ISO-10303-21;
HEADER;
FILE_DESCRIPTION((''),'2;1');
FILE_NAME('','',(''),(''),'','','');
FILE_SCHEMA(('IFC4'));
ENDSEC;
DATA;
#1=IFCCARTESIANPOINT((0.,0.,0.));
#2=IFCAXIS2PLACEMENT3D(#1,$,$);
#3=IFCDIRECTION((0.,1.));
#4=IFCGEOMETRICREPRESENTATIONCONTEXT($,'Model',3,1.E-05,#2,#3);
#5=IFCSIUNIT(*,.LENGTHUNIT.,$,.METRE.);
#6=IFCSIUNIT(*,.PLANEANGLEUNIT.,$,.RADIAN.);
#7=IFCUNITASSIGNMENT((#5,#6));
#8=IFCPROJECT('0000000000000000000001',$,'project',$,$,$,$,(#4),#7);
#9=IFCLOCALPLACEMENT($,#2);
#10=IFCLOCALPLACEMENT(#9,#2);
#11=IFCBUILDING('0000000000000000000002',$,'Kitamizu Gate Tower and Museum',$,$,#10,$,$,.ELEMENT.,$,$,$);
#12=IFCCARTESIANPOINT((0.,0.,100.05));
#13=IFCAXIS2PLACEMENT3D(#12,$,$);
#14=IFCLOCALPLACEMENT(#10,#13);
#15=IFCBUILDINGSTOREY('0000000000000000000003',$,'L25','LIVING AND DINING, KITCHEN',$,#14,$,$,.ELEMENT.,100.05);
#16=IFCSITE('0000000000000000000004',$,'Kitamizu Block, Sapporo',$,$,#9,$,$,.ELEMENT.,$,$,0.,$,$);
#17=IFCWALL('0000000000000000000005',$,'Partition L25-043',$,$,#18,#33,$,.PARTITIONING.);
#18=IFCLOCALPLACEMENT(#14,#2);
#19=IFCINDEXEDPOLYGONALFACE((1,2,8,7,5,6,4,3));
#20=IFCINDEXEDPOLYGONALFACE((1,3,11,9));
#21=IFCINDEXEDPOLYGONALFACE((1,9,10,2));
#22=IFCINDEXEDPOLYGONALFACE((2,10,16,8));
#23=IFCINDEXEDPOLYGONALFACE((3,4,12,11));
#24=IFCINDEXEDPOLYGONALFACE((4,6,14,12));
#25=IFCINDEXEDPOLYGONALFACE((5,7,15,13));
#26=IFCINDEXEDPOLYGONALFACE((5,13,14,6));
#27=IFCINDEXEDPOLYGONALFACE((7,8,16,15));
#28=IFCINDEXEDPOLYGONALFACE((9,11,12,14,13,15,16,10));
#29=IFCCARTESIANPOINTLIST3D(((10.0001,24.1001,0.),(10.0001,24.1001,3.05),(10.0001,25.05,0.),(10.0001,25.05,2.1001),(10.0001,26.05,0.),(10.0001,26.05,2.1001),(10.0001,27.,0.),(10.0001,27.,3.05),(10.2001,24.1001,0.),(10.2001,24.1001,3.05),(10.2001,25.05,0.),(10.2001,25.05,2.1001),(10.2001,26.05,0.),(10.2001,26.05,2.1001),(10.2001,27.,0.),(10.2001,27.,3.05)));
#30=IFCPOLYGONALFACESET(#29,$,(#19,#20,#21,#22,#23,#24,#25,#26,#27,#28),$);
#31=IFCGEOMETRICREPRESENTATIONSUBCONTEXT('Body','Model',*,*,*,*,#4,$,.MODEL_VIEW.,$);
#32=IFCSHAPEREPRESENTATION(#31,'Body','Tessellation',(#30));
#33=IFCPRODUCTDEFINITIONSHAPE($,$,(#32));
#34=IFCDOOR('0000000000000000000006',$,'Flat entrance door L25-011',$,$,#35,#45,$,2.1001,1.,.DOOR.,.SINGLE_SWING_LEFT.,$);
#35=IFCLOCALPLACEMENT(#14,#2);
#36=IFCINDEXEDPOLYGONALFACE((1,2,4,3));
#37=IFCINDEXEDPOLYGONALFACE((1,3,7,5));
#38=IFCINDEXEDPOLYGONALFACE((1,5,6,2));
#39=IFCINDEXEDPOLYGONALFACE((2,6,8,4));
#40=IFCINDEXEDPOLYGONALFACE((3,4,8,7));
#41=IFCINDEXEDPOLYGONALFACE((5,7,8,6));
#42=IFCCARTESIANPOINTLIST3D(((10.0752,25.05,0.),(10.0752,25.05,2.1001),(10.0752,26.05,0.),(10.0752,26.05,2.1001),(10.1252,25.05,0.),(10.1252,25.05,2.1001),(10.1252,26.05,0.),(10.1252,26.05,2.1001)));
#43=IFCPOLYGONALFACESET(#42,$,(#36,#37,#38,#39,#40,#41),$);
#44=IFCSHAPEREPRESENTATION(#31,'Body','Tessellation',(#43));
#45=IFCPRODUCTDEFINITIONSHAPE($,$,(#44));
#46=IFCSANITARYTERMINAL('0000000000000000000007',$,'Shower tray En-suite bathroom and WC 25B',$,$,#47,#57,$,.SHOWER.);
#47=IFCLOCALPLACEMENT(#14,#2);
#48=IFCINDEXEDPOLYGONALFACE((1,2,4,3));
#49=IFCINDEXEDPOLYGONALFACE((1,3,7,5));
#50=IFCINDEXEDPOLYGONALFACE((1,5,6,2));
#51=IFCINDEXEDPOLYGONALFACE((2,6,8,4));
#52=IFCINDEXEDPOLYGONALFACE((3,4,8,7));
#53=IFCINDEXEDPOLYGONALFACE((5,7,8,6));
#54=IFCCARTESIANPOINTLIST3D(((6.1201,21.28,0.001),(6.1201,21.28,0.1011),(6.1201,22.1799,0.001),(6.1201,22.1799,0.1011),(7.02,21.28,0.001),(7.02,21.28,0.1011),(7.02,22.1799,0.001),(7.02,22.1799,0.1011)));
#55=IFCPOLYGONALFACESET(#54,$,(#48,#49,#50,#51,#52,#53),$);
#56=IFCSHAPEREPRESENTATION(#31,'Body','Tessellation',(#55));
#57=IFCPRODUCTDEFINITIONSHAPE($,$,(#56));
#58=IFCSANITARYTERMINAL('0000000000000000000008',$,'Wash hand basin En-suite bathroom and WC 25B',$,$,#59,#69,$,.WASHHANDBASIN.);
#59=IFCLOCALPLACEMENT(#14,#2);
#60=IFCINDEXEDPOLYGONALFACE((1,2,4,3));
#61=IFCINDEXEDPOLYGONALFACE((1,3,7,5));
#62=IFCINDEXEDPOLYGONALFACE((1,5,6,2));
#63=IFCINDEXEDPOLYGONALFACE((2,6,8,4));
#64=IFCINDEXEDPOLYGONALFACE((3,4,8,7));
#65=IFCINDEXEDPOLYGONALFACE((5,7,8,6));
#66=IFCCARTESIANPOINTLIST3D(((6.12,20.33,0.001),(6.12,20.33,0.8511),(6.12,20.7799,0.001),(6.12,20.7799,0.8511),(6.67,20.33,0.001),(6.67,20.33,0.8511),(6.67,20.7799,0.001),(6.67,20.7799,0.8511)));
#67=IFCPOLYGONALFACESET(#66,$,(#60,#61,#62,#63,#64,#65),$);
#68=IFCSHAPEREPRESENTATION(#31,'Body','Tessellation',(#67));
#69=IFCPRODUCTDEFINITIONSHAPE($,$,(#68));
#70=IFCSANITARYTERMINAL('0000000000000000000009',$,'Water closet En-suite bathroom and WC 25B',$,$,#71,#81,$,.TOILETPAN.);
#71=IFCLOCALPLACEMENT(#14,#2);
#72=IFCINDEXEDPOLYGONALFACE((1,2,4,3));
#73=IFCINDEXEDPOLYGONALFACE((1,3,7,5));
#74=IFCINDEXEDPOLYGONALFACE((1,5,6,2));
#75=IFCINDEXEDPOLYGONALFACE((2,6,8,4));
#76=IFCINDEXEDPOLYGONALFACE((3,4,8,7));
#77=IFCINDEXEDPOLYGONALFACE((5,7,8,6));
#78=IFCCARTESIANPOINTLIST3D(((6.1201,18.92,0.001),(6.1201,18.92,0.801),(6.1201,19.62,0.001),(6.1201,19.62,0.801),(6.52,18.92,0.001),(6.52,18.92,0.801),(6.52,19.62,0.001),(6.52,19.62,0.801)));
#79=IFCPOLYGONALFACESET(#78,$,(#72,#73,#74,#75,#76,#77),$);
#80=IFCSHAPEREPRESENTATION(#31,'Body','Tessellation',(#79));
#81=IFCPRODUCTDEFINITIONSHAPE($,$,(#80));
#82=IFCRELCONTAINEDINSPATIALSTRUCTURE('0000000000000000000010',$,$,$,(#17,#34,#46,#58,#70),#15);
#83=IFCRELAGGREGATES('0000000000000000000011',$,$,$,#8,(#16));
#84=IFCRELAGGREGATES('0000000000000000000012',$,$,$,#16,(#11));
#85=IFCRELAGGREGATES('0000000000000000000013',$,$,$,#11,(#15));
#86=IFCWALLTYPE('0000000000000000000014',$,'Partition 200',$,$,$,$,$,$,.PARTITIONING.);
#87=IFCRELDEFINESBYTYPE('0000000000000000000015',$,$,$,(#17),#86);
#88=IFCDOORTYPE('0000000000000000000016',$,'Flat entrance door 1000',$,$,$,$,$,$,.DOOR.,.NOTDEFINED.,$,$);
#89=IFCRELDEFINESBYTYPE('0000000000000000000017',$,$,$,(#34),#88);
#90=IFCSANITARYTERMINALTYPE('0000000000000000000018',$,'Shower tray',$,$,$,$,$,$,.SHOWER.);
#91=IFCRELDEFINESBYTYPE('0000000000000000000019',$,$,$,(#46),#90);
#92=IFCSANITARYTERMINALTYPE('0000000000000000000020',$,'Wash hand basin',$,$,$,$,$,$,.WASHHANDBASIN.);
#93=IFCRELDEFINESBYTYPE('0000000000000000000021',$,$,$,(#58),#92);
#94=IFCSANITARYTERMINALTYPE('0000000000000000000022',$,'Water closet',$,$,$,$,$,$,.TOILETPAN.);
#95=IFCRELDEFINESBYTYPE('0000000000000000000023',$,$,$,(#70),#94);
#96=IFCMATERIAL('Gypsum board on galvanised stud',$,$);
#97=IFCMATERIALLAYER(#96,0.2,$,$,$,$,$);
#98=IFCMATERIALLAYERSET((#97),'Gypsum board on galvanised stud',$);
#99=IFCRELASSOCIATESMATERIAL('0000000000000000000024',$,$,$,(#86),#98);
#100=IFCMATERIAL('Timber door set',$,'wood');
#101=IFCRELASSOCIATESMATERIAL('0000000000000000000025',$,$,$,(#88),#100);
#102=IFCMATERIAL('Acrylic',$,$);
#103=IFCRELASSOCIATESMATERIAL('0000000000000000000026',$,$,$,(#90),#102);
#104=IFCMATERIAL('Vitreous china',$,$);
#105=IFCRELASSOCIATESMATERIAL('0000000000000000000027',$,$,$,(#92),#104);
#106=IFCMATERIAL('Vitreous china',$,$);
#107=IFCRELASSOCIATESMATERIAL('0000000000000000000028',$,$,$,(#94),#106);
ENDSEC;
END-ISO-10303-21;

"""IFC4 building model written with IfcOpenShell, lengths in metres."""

from ifc_helpers import new_model, si_unit, direction, frame, frame_2d, origin, origin_2d, place, context, subcontext, project, spatial, rectangle, extrude, material, layer, layer_set, type_object, element, fill, save


model = new_model("IFC4")

# Units and contexts
model_context = context("Model", 3, precision=1e-05, world=origin(), true_north=direction((0.0, 1.0)))
body_context = subcontext(model_context, "Body", "Model", "MODEL_VIEW")
ifc_project = project(units=[si_unit("LENGTHUNIT", "METRE"), si_unit("PLANEANGLEUNIT", "RADIAN")], contexts=[model_context])

# Site, building, storey
site_placement = place(None, origin())
site = spatial("IfcSite", under=ifc_project, at=site_placement, Name="Kitamizu Block, Sapporo", CompositionType="ELEMENT", RefElevation=0.0)
building_placement = place(site_placement, origin())
building = spatial("IfcBuilding", under=site, at=building_placement, Name="Kitamizu Gate Tower and Museum", CompositionType="ELEMENT")
storey_placement = place(building_placement, frame((0.0, 0.0, 100.05)))
storey = spatial("IfcBuildingStorey", under=building, at=storey_placement, Name="L25", Description="LIVING AND DINING, KITCHEN", CompositionType="ELEMENT", Elevation=100.05)

# Shared definitions
ifc_material_1 = material(Name="Gypsum board on galvanised stud")
ifc_layer_1 = layer(ifc_material_1, 0.2)
ifc_layer_set_1 = layer_set([ifc_layer_1], Name="Gypsum board on galvanised stud")
wall_type_1 = type_object("IfcWallType", Name="Partition 200", PredefinedType="PARTITIONING", material=ifc_layer_set_1)

# Wall, opening, door
wall_1_placement = place(storey_placement, frame((10.1001, 24.1001, 0.0), z_axis=(0.0, 0.0, 1.0), x_axis=(0.0, 1.0, 0.0)))
wall_1 = element("IfcWall", 1, at=wall_1_placement, inside=storey, type_object=wall_type_1, Name="Partition L25-043", PredefinedType="PARTITIONING", context=body_context, shape_type="SweptSolid", body=[
    extrude(rectangle(XDim=2.8999, YDim=0.2, at=frame_2d((1.45, 0.0))), origin(), (0.0, 0.0, 1.0), 3.05),
])
opening_1_placement = place(wall_1_placement, frame((0.95, 0.0, 0.0)))
opening_1 = element("IfcOpeningElement", 2, at=opening_1_placement, cuts=wall_1, PredefinedType="OPENING", context=body_context, shape_type="SweptSolid", body=[
    extrude(rectangle(XDim=1.0, YDim=2.1001, at=frame_2d((0.5, 1.05))), frame((0.0, 0.1099, 0.0), z_axis=(0.0, -1.0, 0.0), x_axis=(1.0, 0.0, 0.0)), (0.0, 0.0, 1.0), 0.22),
])
ifc_material_2 = material(Name="Timber door set", Category="wood")
door_type_1 = type_object("IfcDoorType", Name="Flat entrance door 1000", OperationType="NOTDEFINED", PredefinedType="DOOR", material=ifc_material_2)
door_1_placement = place(opening_1_placement, origin())
door_1 = element("IfcDoor", 3, at=door_1_placement, inside=storey, type_object=door_type_1, Name="Flat entrance door L25-011", OperationType="SINGLE_SWING_LEFT", OverallHeight=2.1001, OverallWidth=1.0, PredefinedType="DOOR", context=body_context, shape_type="SweptSolid", body=[
    extrude(rectangle(XDim=1.0, YDim=2.1001, at=frame_2d((0.5, 1.05))), frame((0.0, 0.0249, 0.0), z_axis=(0.0, -1.0, 0.0), x_axis=(1.0, 0.0, 0.0)), (0.0, 0.0, 1.0), 0.05),
])
fill(opening_1, door_1)

# Sanitary terminals
ifc_material_3 = material(Name="Acrylic")
sanitary_terminal_type_1 = type_object("IfcSanitaryTerminalType", Name="Shower tray", PredefinedType="SHOWER", material=ifc_material_3)
sanitary_terminal_1_placement = place(storey_placement, frame((6.5701, 21.73, 0.001), z_axis=(0.0, 0.0, 1.0), x_axis=(1.0, 0.0, 0.0)))
element("IfcSanitaryTerminal", 4, at=sanitary_terminal_1_placement, inside=storey, type_object=sanitary_terminal_type_1, Name="Shower tray En-suite bathroom and WC 25B", PredefinedType="SHOWER", context=body_context, shape_type="SweptSolid", body=[
    extrude(rectangle(XDim=0.8999, YDim=0.8999, at=origin_2d()), origin(), (0.0, 0.0, 1.0), 0.1001),
])
ifc_material_4 = material(Name="Vitreous china")
sanitary_terminal_type_2 = type_object("IfcSanitaryTerminalType", Name="Wash hand basin", PredefinedType="WASHHANDBASIN", material=ifc_material_4)
sanitary_terminal_2_placement = place(storey_placement, frame((6.395, 20.5549, 0.001), z_axis=(0.0, 0.0, 1.0), x_axis=(1.0, 0.0, 0.0)))
element("IfcSanitaryTerminal", 5, at=sanitary_terminal_2_placement, inside=storey, type_object=sanitary_terminal_type_2, Name="Wash hand basin En-suite bathroom and WC 25B", PredefinedType="WASHHANDBASIN", context=body_context, shape_type="SweptSolid", body=[
    extrude(rectangle(XDim=0.55, YDim=0.45, at=origin_2d()), origin(), (0.0, 0.0, 1.0), 0.8501),
])
ifc_material_5 = material(Name="Vitreous china")
sanitary_terminal_type_3 = type_object("IfcSanitaryTerminalType", Name="Water closet", PredefinedType="TOILETPAN", material=ifc_material_5)
sanitary_terminal_3_placement = place(storey_placement, frame((6.3201, 19.27, 0.001), z_axis=(0.0, 0.0, 1.0), x_axis=(1.0, 0.0, 0.0)))
element("IfcSanitaryTerminal", 6, at=sanitary_terminal_3_placement, inside=storey, type_object=sanitary_terminal_type_3, Name="Water closet En-suite bathroom and WC 25B", PredefinedType="TOILETPAN", context=body_context, shape_type="SweptSolid", body=[
    extrude(rectangle(XDim=0.3999, YDim=0.7, at=origin_2d()), origin(), (0.0, 0.0, 1.0), 0.8),
])

save(model, "model.ifc")
